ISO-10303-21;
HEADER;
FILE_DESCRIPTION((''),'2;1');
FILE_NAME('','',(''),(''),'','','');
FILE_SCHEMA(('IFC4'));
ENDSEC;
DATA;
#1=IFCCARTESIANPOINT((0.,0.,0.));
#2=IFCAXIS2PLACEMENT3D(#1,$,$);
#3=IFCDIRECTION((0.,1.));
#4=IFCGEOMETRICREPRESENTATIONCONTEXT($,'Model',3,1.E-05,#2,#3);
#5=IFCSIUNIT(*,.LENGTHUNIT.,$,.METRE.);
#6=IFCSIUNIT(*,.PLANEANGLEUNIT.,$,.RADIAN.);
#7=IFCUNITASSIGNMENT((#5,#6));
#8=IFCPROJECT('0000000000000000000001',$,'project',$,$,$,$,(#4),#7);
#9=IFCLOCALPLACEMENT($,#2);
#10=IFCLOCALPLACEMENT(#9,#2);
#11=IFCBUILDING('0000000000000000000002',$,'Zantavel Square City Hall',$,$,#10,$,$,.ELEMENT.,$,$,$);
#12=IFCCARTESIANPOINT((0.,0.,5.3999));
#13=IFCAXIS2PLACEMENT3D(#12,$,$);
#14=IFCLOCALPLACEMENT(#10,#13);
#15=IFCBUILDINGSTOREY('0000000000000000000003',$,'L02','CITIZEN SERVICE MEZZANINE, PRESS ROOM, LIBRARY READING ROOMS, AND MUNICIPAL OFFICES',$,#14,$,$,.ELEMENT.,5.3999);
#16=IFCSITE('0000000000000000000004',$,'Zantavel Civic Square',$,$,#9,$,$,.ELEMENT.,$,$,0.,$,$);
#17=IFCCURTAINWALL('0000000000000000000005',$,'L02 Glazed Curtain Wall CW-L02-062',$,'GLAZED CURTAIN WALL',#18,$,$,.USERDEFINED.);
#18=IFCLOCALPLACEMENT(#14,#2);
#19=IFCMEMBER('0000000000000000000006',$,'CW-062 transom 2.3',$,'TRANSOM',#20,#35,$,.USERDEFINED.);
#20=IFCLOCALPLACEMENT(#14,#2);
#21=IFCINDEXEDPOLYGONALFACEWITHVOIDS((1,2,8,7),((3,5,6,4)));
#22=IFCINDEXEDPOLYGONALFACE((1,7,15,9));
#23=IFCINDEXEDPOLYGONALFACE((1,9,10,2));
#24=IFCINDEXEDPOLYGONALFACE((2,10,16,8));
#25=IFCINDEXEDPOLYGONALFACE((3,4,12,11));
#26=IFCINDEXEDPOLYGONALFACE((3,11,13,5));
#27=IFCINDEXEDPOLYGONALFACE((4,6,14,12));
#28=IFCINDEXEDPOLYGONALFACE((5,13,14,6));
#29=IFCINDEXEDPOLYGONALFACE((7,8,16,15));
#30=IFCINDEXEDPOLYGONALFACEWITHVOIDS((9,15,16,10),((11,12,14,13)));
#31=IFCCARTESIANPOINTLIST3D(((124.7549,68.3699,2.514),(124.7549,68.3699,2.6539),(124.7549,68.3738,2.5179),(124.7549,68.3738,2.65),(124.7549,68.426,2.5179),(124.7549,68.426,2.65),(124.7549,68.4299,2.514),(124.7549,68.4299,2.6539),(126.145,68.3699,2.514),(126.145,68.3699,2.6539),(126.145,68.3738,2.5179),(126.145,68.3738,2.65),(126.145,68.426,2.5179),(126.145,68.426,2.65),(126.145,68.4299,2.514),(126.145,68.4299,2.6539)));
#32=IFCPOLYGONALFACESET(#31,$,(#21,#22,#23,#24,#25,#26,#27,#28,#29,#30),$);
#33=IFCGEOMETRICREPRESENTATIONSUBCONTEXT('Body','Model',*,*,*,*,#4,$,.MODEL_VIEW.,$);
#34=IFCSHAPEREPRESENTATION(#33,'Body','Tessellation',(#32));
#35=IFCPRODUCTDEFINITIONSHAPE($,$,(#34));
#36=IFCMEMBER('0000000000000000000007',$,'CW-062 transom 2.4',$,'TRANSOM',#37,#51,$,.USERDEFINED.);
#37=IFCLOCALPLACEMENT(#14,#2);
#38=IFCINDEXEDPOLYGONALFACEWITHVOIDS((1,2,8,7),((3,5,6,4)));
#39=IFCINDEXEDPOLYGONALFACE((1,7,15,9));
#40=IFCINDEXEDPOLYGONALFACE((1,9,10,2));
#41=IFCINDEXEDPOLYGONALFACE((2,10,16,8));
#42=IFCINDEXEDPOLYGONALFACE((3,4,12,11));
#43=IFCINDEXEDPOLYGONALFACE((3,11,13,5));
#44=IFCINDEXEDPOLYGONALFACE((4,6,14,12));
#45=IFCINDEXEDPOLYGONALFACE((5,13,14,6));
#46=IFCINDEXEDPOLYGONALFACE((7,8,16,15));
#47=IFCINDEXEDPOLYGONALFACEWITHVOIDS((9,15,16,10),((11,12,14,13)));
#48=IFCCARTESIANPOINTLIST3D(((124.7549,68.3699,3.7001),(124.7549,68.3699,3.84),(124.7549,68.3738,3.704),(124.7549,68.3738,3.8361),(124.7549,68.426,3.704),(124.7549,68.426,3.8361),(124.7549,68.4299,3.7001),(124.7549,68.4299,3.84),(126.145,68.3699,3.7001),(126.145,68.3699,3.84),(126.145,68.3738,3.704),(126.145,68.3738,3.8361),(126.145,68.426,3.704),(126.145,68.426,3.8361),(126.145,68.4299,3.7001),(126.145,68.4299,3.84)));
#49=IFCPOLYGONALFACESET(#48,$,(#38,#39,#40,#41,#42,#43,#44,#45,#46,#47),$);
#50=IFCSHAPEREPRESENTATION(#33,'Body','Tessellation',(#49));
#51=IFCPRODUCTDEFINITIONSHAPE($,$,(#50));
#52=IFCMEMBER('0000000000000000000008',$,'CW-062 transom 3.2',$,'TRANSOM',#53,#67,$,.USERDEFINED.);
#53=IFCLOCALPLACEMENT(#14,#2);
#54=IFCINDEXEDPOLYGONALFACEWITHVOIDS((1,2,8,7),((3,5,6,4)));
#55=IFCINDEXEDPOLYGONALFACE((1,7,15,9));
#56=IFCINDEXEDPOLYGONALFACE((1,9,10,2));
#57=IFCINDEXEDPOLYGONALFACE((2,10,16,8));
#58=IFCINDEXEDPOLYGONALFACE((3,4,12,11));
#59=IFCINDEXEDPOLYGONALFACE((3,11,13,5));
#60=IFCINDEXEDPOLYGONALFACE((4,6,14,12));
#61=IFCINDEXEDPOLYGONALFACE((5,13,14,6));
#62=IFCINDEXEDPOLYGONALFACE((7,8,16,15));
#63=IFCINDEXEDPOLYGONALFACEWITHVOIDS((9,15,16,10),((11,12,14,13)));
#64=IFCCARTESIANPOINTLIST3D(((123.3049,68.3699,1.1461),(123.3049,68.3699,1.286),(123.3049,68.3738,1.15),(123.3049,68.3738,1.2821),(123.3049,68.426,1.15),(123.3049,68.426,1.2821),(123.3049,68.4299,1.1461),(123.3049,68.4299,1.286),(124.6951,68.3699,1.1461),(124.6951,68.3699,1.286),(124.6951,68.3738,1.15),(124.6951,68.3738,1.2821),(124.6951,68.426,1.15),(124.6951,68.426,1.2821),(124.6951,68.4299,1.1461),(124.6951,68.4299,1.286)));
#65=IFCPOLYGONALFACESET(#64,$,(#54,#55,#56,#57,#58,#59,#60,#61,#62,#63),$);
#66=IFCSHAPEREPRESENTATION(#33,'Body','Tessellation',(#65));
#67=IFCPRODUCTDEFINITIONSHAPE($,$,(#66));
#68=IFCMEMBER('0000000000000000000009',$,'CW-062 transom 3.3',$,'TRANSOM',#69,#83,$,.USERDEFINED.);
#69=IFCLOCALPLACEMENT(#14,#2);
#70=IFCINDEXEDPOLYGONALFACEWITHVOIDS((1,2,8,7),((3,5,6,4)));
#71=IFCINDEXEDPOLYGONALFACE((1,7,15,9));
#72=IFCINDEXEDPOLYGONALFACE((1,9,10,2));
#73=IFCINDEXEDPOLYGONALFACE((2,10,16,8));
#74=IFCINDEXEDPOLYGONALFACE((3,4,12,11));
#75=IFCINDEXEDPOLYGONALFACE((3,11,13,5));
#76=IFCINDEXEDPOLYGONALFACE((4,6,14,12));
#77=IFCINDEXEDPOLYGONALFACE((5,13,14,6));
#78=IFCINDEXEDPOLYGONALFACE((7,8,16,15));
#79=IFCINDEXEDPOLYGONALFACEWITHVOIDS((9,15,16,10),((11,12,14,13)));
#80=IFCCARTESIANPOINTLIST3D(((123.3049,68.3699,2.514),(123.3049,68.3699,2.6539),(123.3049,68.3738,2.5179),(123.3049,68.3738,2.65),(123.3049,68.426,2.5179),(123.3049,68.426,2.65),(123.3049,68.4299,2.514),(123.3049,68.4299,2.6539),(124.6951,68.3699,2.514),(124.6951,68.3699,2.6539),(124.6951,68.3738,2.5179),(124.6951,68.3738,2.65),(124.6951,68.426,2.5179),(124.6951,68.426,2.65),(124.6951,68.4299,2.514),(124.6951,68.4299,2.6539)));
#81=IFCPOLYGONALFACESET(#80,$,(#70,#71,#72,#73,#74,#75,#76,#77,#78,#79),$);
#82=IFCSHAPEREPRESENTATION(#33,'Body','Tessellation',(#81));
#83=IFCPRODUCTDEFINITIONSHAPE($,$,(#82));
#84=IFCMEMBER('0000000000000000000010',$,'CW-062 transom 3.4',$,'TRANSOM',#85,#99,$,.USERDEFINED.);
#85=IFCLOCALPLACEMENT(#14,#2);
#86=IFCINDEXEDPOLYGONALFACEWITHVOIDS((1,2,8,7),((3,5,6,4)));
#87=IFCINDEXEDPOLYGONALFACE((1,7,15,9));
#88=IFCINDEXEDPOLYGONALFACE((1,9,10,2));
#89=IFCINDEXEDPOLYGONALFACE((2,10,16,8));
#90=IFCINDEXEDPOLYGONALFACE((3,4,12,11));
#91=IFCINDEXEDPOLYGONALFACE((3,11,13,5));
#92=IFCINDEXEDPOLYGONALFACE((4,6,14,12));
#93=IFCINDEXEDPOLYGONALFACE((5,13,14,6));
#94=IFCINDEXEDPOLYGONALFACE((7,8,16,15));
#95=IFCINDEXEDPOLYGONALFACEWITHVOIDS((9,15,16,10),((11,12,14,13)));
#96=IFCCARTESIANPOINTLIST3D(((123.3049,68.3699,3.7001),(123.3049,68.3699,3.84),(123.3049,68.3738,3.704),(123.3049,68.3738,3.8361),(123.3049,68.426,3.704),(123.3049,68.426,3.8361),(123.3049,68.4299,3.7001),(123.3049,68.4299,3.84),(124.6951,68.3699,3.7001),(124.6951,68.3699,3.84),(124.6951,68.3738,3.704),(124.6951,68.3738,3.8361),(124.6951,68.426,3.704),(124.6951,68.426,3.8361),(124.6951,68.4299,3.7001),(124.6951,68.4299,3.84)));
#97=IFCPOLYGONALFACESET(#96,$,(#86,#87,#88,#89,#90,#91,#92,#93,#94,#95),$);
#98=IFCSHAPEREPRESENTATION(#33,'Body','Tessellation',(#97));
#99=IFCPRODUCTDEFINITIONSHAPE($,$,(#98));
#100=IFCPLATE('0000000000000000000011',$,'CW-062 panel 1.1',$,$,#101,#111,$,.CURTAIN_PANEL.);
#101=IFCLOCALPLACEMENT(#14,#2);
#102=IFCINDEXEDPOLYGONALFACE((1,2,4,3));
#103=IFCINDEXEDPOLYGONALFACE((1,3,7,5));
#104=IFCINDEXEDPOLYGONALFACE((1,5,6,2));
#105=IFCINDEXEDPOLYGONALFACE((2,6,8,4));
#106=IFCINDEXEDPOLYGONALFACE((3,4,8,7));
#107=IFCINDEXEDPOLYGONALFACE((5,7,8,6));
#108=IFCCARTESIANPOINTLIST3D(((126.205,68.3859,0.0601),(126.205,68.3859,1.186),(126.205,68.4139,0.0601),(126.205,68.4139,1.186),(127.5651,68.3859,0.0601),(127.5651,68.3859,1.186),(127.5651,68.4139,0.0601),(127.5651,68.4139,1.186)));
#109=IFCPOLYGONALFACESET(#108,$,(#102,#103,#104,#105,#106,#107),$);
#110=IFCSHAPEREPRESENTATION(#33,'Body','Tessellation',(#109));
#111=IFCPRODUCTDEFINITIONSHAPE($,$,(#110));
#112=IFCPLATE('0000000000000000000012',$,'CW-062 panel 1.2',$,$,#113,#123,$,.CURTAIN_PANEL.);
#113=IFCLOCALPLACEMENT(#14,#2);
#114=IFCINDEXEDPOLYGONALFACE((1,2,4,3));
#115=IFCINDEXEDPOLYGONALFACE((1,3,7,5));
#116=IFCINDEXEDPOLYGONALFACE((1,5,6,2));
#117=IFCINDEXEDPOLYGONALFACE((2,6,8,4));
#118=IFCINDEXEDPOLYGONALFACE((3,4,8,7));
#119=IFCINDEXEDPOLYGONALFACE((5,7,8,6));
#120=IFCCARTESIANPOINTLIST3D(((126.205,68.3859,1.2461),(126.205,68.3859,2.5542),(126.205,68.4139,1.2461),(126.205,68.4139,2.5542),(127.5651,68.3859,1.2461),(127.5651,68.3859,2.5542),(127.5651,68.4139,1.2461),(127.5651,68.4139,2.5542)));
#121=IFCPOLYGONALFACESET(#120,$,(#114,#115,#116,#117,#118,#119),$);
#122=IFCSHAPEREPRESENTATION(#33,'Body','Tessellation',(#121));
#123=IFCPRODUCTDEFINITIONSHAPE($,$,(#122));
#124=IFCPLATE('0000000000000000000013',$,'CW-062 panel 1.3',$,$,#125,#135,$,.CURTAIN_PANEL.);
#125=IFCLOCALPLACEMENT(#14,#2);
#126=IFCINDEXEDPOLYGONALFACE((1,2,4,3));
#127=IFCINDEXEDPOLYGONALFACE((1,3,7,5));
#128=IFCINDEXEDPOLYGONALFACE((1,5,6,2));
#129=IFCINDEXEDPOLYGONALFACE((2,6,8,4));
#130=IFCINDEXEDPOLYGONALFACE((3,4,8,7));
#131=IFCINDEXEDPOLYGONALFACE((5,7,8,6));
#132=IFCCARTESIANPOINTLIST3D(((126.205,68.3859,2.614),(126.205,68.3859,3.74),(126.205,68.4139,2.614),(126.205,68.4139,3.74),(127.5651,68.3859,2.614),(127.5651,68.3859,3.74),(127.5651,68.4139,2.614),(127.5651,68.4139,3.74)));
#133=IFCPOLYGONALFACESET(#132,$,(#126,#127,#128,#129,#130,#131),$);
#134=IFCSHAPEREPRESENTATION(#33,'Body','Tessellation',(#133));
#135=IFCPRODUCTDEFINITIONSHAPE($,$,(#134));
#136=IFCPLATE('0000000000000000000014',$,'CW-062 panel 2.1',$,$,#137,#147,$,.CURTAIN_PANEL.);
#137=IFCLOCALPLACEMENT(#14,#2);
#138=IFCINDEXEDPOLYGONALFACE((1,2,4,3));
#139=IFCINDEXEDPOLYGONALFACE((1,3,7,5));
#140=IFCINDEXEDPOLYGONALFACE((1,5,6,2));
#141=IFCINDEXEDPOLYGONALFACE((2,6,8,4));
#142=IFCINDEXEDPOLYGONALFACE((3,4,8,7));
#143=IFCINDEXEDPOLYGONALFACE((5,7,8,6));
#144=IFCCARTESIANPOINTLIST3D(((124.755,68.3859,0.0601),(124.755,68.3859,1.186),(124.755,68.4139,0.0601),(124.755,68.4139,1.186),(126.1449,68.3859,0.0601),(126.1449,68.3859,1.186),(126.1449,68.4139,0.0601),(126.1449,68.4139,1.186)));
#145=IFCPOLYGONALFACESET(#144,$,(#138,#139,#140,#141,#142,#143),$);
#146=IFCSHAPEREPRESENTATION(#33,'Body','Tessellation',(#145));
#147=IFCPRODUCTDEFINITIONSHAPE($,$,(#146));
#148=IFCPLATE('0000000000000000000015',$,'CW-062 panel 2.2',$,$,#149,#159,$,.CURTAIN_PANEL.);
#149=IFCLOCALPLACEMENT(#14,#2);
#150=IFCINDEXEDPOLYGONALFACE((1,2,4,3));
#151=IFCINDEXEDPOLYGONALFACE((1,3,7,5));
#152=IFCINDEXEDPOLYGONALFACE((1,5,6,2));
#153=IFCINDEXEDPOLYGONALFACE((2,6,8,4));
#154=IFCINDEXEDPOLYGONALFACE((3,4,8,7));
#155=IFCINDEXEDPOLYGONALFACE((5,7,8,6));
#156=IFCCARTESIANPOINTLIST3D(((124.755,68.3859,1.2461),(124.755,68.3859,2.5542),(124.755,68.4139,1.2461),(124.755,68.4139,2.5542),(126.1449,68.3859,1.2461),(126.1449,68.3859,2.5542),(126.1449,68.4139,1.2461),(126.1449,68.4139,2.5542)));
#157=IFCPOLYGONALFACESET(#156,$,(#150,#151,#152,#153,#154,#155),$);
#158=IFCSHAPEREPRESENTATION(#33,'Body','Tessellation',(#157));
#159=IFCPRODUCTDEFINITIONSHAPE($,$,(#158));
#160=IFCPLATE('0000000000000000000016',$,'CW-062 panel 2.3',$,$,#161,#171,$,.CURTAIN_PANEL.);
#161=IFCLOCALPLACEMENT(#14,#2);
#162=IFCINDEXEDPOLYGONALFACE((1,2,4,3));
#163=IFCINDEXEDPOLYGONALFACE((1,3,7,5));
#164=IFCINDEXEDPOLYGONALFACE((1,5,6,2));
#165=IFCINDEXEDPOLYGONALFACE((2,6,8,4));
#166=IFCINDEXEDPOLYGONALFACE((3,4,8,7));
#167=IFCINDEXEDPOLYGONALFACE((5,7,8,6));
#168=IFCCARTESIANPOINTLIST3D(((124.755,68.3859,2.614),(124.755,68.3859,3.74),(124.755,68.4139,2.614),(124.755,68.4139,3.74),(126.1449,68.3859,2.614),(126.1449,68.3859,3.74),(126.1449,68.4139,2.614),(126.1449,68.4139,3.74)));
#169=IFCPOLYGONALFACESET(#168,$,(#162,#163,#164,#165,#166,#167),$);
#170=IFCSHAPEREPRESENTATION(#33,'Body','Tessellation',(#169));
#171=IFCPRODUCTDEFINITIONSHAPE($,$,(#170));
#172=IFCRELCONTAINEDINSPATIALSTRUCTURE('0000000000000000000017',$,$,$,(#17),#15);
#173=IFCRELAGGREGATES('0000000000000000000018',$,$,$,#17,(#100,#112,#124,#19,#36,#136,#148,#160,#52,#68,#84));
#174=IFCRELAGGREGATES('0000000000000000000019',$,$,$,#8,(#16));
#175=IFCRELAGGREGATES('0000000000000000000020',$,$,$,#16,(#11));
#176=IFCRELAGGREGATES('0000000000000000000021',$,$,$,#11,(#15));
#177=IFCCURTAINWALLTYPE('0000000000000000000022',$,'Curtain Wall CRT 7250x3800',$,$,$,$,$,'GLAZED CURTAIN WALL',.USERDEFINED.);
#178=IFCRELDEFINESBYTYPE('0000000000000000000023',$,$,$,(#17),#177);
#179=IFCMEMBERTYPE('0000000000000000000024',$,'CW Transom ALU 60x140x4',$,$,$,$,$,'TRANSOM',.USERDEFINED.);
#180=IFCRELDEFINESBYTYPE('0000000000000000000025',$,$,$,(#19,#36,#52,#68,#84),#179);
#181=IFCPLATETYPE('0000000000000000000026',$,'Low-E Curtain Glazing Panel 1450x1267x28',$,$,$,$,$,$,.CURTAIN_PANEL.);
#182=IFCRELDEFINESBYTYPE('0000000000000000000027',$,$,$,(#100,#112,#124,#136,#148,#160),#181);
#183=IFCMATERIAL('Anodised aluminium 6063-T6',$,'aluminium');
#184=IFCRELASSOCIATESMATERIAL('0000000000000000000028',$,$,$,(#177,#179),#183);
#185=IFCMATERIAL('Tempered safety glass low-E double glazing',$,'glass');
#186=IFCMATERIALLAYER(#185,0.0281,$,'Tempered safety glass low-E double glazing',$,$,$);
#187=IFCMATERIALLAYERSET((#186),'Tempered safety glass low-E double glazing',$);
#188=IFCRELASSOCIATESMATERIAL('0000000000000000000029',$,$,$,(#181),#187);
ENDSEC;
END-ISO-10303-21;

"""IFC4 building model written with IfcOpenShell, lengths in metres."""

from ifc_helpers import new_model, si_unit, direction, frame, origin, origin_2d, place, context, subcontext, project, spatial, rectangle, hollow_rectangle, extrude, material, layer, layer_set, material_profile, profile_set, type_object, element, aggregate, save


model = new_model("IFC4")

# Units and contexts
model_context = context("Model", 3, precision=1e-05, world=origin(), true_north=direction((0.0, 1.0)))
body_context = subcontext(model_context, "Body", "Model", "MODEL_VIEW")
ifc_project = project(units=[si_unit("LENGTHUNIT", "METRE"), si_unit("PLANEANGLEUNIT", "RADIAN")], contexts=[model_context])

# Site, building, storey
site_placement = place(None, origin())
site = spatial("IfcSite", under=ifc_project, at=site_placement, Name="Zantavel Civic Square", CompositionType="ELEMENT", RefElevation=0.0)
building_placement = place(site_placement, origin())
building = spatial("IfcBuilding", under=site, at=building_placement, Name="Zantavel Square City Hall", CompositionType="ELEMENT")
storey_placement = place(building_placement, frame((0.0, 0.0, 5.3999)))
storey = spatial("IfcBuildingStorey", under=building, at=storey_placement, Name="L02", Description="CITIZEN SERVICE MEZZANINE, PRESS ROOM, LIBRARY READING ROOMS, AND MUNICIPAL OFFICES", CompositionType="ELEMENT", Elevation=5.3999)

# Curtain wall, members, plates
ifc_material_1 = material(Name="Anodised aluminium 6063-T6", Category="aluminium")
curtain_wall_type = type_object("IfcCurtainWallType", Name="Curtain Wall CRT 7250x3800", ElementType="GLAZED CURTAIN WALL", PredefinedType="USERDEFINED", material=ifc_material_1)
curtain_wall_placement = place(storey_placement, origin())
curtain_wall = element("IfcCurtainWall", 1, at=curtain_wall_placement, inside=storey, type_object=curtain_wall_type, Name="L02 Glazed Curtain Wall CW-L02-062", ObjectType="GLAZED CURTAIN WALL", PredefinedType="USERDEFINED")
ifc_material_profile_1 = material_profile(ifc_material_1, hollow_rectangle(XDim=0.0601, YDim=0.1399, WallThickness=0.0039, at=origin_2d()), Name="ALU 60x140x4")
ifc_profile_set_1 = profile_set([ifc_material_profile_1], Name="Anodised aluminium 6063-T6")
member_type_1 = type_object("IfcMemberType", Name="CW Transom ALU 60x140x4", ElementType="TRANSOM", PredefinedType="USERDEFINED", material=ifc_profile_set_1)
member_1_placement = place(storey_placement, frame((126.145, 68.3999, 2.584), z_axis=(-1.0, 0.0, 0.0), x_axis=(0.0, -1.0, 0.0)))
member_1 = element("IfcMember", 2, at=member_1_placement, type_object=member_type_1, Name="CW-062 transom 2.3", ObjectType="TRANSOM", PredefinedType="USERDEFINED", context=body_context, shape_type="SweptSolid", body=[
    extrude(hollow_rectangle(XDim=0.0601, YDim=0.1399, WallThickness=0.0039, at=origin_2d()), origin(), (0.0, 0.0, 1.0), 1.3901),
])
member_2_placement = place(storey_placement, frame((126.145, 68.3999, 3.77), z_axis=(-1.0, 0.0, 0.0), x_axis=(0.0, -1.0, 0.0)))
member_2 = element("IfcMember", 3, at=member_2_placement, type_object=member_type_1, Name="CW-062 transom 2.4", ObjectType="TRANSOM", PredefinedType="USERDEFINED", context=body_context, shape_type="SweptSolid", body=[
    extrude(hollow_rectangle(XDim=0.0601, YDim=0.1399, WallThickness=0.0039, at=origin_2d()), origin(), (0.0, 0.0, 1.0), 1.3901),
])
member_3_placement = place(storey_placement, frame((124.6951, 68.3999, 1.2161), z_axis=(-1.0, 0.0, 0.0), x_axis=(0.0, -1.0, 0.0)))
member_3 = element("IfcMember", 4, at=member_3_placement, type_object=member_type_1, Name="CW-062 transom 3.2", ObjectType="TRANSOM", PredefinedType="USERDEFINED", context=body_context, shape_type="SweptSolid", body=[
    extrude(hollow_rectangle(XDim=0.0601, YDim=0.1399, WallThickness=0.0039, at=origin_2d()), origin(), (0.0, 0.0, 1.0), 1.3901),
])
member_4_placement = place(storey_placement, frame((124.6951, 68.3999, 2.584), z_axis=(-1.0, 0.0, 0.0), x_axis=(0.0, -1.0, 0.0)))
member_4 = element("IfcMember", 5, at=member_4_placement, type_object=member_type_1, Name="CW-062 transom 3.3", ObjectType="TRANSOM", PredefinedType="USERDEFINED", context=body_context, shape_type="SweptSolid", body=[
    extrude(hollow_rectangle(XDim=0.0601, YDim=0.1399, WallThickness=0.0039, at=origin_2d()), origin(), (0.0, 0.0, 1.0), 1.3901),
])
member_5_placement = place(storey_placement, frame((124.6951, 68.3999, 3.77), z_axis=(-1.0, 0.0, 0.0), x_axis=(0.0, -1.0, 0.0)))
member_5 = element("IfcMember", 6, at=member_5_placement, type_object=member_type_1, Name="CW-062 transom 3.4", ObjectType="TRANSOM", PredefinedType="USERDEFINED", context=body_context, shape_type="SweptSolid", body=[
    extrude(hollow_rectangle(XDim=0.0601, YDim=0.1399, WallThickness=0.0039, at=origin_2d()), origin(), (0.0, 0.0, 1.0), 1.3901),
])
ifc_material_2 = material(Name="Tempered safety glass low-E double glazing", Category="glass")
ifc_layer = layer(ifc_material_2, 0.0281, Name="Tempered safety glass low-E double glazing")
ifc_layer_set = layer_set([ifc_layer], Name="Tempered safety glass low-E double glazing")
plate_type = type_object("IfcPlateType", Name="Low-E Curtain Glazing Panel 1450x1267x28", PredefinedType="CURTAIN_PANEL", material=ifc_layer_set)
plate_1_placement = place(storey_placement, frame((126.885, 68.3999, 0.0601), z_axis=(0.0, 0.0, 1.0), x_axis=(-1.0, 0.0, 0.0)))
plate_1 = element("IfcPlate", 7, at=plate_1_placement, type_object=plate_type, Name="CW-062 panel 1.1", PredefinedType="CURTAIN_PANEL", context=body_context, shape_type="SweptSolid", body=[
    extrude(rectangle(XDim=1.3601, YDim=0.0281, at=origin_2d()), origin(), (0.0, 0.0, 1.0), 1.126),
])
plate_2_placement = place(storey_placement, frame((126.885, 68.3999, 1.2461), z_axis=(0.0, 0.0, 1.0), x_axis=(-1.0, 0.0, 0.0)))
plate_2 = element("IfcPlate", 8, at=plate_2_placement, type_object=plate_type, Name="CW-062 panel 1.2", PredefinedType="CURTAIN_PANEL", context=body_context, shape_type="SweptSolid", body=[
    extrude(rectangle(XDim=1.3601, YDim=0.0281, at=origin_2d()), origin(), (0.0, 0.0, 1.0), 1.3081),
])
plate_3_placement = place(storey_placement, frame((126.885, 68.3999, 2.614), z_axis=(0.0, 0.0, 1.0), x_axis=(-1.0, 0.0, 0.0)))
plate_3 = element("IfcPlate", 9, at=plate_3_placement, type_object=plate_type, Name="CW-062 panel 1.3", PredefinedType="CURTAIN_PANEL", context=body_context, shape_type="SweptSolid", body=[
    extrude(rectangle(XDim=1.3601, YDim=0.0281, at=origin_2d()), origin(), (0.0, 0.0, 1.0), 1.126),
])
plate_4_placement = place(storey_placement, frame((125.45, 68.3999, 0.0601), z_axis=(0.0, 0.0, 1.0), x_axis=(-1.0, 0.0, 0.0)))
plate_4 = element("IfcPlate", 10, at=plate_4_placement, type_object=plate_type, Name="CW-062 panel 2.1", PredefinedType="CURTAIN_PANEL", context=body_context, shape_type="SweptSolid", body=[
    extrude(rectangle(XDim=1.3899, YDim=0.0281, at=origin_2d()), origin(), (0.0, 0.0, 1.0), 1.126),
])
plate_5_placement = place(storey_placement, frame((125.45, 68.3999, 1.2461), z_axis=(0.0, 0.0, 1.0), x_axis=(-1.0, 0.0, 0.0)))
plate_5 = element("IfcPlate", 11, at=plate_5_placement, type_object=plate_type, Name="CW-062 panel 2.2", PredefinedType="CURTAIN_PANEL", context=body_context, shape_type="SweptSolid", body=[
    extrude(rectangle(XDim=1.3899, YDim=0.0281, at=origin_2d()), origin(), (0.0, 0.0, 1.0), 1.3081),
])
plate_6_placement = place(storey_placement, frame((125.45, 68.3999, 2.614), z_axis=(0.0, 0.0, 1.0), x_axis=(-1.0, 0.0, 0.0)))
plate_6 = element("IfcPlate", 12, at=plate_6_placement, type_object=plate_type, Name="CW-062 panel 2.3", PredefinedType="CURTAIN_PANEL", context=body_context, shape_type="SweptSolid", body=[
    extrude(rectangle(XDim=1.3899, YDim=0.0281, at=origin_2d()), origin(), (0.0, 0.0, 1.0), 1.126),
])
aggregate(curtain_wall, [plate_1, plate_2, plate_3, member_1, member_2, plate_4, plate_5, plate_6, member_3, member_4, member_5])

save(model, "model.ifc")
